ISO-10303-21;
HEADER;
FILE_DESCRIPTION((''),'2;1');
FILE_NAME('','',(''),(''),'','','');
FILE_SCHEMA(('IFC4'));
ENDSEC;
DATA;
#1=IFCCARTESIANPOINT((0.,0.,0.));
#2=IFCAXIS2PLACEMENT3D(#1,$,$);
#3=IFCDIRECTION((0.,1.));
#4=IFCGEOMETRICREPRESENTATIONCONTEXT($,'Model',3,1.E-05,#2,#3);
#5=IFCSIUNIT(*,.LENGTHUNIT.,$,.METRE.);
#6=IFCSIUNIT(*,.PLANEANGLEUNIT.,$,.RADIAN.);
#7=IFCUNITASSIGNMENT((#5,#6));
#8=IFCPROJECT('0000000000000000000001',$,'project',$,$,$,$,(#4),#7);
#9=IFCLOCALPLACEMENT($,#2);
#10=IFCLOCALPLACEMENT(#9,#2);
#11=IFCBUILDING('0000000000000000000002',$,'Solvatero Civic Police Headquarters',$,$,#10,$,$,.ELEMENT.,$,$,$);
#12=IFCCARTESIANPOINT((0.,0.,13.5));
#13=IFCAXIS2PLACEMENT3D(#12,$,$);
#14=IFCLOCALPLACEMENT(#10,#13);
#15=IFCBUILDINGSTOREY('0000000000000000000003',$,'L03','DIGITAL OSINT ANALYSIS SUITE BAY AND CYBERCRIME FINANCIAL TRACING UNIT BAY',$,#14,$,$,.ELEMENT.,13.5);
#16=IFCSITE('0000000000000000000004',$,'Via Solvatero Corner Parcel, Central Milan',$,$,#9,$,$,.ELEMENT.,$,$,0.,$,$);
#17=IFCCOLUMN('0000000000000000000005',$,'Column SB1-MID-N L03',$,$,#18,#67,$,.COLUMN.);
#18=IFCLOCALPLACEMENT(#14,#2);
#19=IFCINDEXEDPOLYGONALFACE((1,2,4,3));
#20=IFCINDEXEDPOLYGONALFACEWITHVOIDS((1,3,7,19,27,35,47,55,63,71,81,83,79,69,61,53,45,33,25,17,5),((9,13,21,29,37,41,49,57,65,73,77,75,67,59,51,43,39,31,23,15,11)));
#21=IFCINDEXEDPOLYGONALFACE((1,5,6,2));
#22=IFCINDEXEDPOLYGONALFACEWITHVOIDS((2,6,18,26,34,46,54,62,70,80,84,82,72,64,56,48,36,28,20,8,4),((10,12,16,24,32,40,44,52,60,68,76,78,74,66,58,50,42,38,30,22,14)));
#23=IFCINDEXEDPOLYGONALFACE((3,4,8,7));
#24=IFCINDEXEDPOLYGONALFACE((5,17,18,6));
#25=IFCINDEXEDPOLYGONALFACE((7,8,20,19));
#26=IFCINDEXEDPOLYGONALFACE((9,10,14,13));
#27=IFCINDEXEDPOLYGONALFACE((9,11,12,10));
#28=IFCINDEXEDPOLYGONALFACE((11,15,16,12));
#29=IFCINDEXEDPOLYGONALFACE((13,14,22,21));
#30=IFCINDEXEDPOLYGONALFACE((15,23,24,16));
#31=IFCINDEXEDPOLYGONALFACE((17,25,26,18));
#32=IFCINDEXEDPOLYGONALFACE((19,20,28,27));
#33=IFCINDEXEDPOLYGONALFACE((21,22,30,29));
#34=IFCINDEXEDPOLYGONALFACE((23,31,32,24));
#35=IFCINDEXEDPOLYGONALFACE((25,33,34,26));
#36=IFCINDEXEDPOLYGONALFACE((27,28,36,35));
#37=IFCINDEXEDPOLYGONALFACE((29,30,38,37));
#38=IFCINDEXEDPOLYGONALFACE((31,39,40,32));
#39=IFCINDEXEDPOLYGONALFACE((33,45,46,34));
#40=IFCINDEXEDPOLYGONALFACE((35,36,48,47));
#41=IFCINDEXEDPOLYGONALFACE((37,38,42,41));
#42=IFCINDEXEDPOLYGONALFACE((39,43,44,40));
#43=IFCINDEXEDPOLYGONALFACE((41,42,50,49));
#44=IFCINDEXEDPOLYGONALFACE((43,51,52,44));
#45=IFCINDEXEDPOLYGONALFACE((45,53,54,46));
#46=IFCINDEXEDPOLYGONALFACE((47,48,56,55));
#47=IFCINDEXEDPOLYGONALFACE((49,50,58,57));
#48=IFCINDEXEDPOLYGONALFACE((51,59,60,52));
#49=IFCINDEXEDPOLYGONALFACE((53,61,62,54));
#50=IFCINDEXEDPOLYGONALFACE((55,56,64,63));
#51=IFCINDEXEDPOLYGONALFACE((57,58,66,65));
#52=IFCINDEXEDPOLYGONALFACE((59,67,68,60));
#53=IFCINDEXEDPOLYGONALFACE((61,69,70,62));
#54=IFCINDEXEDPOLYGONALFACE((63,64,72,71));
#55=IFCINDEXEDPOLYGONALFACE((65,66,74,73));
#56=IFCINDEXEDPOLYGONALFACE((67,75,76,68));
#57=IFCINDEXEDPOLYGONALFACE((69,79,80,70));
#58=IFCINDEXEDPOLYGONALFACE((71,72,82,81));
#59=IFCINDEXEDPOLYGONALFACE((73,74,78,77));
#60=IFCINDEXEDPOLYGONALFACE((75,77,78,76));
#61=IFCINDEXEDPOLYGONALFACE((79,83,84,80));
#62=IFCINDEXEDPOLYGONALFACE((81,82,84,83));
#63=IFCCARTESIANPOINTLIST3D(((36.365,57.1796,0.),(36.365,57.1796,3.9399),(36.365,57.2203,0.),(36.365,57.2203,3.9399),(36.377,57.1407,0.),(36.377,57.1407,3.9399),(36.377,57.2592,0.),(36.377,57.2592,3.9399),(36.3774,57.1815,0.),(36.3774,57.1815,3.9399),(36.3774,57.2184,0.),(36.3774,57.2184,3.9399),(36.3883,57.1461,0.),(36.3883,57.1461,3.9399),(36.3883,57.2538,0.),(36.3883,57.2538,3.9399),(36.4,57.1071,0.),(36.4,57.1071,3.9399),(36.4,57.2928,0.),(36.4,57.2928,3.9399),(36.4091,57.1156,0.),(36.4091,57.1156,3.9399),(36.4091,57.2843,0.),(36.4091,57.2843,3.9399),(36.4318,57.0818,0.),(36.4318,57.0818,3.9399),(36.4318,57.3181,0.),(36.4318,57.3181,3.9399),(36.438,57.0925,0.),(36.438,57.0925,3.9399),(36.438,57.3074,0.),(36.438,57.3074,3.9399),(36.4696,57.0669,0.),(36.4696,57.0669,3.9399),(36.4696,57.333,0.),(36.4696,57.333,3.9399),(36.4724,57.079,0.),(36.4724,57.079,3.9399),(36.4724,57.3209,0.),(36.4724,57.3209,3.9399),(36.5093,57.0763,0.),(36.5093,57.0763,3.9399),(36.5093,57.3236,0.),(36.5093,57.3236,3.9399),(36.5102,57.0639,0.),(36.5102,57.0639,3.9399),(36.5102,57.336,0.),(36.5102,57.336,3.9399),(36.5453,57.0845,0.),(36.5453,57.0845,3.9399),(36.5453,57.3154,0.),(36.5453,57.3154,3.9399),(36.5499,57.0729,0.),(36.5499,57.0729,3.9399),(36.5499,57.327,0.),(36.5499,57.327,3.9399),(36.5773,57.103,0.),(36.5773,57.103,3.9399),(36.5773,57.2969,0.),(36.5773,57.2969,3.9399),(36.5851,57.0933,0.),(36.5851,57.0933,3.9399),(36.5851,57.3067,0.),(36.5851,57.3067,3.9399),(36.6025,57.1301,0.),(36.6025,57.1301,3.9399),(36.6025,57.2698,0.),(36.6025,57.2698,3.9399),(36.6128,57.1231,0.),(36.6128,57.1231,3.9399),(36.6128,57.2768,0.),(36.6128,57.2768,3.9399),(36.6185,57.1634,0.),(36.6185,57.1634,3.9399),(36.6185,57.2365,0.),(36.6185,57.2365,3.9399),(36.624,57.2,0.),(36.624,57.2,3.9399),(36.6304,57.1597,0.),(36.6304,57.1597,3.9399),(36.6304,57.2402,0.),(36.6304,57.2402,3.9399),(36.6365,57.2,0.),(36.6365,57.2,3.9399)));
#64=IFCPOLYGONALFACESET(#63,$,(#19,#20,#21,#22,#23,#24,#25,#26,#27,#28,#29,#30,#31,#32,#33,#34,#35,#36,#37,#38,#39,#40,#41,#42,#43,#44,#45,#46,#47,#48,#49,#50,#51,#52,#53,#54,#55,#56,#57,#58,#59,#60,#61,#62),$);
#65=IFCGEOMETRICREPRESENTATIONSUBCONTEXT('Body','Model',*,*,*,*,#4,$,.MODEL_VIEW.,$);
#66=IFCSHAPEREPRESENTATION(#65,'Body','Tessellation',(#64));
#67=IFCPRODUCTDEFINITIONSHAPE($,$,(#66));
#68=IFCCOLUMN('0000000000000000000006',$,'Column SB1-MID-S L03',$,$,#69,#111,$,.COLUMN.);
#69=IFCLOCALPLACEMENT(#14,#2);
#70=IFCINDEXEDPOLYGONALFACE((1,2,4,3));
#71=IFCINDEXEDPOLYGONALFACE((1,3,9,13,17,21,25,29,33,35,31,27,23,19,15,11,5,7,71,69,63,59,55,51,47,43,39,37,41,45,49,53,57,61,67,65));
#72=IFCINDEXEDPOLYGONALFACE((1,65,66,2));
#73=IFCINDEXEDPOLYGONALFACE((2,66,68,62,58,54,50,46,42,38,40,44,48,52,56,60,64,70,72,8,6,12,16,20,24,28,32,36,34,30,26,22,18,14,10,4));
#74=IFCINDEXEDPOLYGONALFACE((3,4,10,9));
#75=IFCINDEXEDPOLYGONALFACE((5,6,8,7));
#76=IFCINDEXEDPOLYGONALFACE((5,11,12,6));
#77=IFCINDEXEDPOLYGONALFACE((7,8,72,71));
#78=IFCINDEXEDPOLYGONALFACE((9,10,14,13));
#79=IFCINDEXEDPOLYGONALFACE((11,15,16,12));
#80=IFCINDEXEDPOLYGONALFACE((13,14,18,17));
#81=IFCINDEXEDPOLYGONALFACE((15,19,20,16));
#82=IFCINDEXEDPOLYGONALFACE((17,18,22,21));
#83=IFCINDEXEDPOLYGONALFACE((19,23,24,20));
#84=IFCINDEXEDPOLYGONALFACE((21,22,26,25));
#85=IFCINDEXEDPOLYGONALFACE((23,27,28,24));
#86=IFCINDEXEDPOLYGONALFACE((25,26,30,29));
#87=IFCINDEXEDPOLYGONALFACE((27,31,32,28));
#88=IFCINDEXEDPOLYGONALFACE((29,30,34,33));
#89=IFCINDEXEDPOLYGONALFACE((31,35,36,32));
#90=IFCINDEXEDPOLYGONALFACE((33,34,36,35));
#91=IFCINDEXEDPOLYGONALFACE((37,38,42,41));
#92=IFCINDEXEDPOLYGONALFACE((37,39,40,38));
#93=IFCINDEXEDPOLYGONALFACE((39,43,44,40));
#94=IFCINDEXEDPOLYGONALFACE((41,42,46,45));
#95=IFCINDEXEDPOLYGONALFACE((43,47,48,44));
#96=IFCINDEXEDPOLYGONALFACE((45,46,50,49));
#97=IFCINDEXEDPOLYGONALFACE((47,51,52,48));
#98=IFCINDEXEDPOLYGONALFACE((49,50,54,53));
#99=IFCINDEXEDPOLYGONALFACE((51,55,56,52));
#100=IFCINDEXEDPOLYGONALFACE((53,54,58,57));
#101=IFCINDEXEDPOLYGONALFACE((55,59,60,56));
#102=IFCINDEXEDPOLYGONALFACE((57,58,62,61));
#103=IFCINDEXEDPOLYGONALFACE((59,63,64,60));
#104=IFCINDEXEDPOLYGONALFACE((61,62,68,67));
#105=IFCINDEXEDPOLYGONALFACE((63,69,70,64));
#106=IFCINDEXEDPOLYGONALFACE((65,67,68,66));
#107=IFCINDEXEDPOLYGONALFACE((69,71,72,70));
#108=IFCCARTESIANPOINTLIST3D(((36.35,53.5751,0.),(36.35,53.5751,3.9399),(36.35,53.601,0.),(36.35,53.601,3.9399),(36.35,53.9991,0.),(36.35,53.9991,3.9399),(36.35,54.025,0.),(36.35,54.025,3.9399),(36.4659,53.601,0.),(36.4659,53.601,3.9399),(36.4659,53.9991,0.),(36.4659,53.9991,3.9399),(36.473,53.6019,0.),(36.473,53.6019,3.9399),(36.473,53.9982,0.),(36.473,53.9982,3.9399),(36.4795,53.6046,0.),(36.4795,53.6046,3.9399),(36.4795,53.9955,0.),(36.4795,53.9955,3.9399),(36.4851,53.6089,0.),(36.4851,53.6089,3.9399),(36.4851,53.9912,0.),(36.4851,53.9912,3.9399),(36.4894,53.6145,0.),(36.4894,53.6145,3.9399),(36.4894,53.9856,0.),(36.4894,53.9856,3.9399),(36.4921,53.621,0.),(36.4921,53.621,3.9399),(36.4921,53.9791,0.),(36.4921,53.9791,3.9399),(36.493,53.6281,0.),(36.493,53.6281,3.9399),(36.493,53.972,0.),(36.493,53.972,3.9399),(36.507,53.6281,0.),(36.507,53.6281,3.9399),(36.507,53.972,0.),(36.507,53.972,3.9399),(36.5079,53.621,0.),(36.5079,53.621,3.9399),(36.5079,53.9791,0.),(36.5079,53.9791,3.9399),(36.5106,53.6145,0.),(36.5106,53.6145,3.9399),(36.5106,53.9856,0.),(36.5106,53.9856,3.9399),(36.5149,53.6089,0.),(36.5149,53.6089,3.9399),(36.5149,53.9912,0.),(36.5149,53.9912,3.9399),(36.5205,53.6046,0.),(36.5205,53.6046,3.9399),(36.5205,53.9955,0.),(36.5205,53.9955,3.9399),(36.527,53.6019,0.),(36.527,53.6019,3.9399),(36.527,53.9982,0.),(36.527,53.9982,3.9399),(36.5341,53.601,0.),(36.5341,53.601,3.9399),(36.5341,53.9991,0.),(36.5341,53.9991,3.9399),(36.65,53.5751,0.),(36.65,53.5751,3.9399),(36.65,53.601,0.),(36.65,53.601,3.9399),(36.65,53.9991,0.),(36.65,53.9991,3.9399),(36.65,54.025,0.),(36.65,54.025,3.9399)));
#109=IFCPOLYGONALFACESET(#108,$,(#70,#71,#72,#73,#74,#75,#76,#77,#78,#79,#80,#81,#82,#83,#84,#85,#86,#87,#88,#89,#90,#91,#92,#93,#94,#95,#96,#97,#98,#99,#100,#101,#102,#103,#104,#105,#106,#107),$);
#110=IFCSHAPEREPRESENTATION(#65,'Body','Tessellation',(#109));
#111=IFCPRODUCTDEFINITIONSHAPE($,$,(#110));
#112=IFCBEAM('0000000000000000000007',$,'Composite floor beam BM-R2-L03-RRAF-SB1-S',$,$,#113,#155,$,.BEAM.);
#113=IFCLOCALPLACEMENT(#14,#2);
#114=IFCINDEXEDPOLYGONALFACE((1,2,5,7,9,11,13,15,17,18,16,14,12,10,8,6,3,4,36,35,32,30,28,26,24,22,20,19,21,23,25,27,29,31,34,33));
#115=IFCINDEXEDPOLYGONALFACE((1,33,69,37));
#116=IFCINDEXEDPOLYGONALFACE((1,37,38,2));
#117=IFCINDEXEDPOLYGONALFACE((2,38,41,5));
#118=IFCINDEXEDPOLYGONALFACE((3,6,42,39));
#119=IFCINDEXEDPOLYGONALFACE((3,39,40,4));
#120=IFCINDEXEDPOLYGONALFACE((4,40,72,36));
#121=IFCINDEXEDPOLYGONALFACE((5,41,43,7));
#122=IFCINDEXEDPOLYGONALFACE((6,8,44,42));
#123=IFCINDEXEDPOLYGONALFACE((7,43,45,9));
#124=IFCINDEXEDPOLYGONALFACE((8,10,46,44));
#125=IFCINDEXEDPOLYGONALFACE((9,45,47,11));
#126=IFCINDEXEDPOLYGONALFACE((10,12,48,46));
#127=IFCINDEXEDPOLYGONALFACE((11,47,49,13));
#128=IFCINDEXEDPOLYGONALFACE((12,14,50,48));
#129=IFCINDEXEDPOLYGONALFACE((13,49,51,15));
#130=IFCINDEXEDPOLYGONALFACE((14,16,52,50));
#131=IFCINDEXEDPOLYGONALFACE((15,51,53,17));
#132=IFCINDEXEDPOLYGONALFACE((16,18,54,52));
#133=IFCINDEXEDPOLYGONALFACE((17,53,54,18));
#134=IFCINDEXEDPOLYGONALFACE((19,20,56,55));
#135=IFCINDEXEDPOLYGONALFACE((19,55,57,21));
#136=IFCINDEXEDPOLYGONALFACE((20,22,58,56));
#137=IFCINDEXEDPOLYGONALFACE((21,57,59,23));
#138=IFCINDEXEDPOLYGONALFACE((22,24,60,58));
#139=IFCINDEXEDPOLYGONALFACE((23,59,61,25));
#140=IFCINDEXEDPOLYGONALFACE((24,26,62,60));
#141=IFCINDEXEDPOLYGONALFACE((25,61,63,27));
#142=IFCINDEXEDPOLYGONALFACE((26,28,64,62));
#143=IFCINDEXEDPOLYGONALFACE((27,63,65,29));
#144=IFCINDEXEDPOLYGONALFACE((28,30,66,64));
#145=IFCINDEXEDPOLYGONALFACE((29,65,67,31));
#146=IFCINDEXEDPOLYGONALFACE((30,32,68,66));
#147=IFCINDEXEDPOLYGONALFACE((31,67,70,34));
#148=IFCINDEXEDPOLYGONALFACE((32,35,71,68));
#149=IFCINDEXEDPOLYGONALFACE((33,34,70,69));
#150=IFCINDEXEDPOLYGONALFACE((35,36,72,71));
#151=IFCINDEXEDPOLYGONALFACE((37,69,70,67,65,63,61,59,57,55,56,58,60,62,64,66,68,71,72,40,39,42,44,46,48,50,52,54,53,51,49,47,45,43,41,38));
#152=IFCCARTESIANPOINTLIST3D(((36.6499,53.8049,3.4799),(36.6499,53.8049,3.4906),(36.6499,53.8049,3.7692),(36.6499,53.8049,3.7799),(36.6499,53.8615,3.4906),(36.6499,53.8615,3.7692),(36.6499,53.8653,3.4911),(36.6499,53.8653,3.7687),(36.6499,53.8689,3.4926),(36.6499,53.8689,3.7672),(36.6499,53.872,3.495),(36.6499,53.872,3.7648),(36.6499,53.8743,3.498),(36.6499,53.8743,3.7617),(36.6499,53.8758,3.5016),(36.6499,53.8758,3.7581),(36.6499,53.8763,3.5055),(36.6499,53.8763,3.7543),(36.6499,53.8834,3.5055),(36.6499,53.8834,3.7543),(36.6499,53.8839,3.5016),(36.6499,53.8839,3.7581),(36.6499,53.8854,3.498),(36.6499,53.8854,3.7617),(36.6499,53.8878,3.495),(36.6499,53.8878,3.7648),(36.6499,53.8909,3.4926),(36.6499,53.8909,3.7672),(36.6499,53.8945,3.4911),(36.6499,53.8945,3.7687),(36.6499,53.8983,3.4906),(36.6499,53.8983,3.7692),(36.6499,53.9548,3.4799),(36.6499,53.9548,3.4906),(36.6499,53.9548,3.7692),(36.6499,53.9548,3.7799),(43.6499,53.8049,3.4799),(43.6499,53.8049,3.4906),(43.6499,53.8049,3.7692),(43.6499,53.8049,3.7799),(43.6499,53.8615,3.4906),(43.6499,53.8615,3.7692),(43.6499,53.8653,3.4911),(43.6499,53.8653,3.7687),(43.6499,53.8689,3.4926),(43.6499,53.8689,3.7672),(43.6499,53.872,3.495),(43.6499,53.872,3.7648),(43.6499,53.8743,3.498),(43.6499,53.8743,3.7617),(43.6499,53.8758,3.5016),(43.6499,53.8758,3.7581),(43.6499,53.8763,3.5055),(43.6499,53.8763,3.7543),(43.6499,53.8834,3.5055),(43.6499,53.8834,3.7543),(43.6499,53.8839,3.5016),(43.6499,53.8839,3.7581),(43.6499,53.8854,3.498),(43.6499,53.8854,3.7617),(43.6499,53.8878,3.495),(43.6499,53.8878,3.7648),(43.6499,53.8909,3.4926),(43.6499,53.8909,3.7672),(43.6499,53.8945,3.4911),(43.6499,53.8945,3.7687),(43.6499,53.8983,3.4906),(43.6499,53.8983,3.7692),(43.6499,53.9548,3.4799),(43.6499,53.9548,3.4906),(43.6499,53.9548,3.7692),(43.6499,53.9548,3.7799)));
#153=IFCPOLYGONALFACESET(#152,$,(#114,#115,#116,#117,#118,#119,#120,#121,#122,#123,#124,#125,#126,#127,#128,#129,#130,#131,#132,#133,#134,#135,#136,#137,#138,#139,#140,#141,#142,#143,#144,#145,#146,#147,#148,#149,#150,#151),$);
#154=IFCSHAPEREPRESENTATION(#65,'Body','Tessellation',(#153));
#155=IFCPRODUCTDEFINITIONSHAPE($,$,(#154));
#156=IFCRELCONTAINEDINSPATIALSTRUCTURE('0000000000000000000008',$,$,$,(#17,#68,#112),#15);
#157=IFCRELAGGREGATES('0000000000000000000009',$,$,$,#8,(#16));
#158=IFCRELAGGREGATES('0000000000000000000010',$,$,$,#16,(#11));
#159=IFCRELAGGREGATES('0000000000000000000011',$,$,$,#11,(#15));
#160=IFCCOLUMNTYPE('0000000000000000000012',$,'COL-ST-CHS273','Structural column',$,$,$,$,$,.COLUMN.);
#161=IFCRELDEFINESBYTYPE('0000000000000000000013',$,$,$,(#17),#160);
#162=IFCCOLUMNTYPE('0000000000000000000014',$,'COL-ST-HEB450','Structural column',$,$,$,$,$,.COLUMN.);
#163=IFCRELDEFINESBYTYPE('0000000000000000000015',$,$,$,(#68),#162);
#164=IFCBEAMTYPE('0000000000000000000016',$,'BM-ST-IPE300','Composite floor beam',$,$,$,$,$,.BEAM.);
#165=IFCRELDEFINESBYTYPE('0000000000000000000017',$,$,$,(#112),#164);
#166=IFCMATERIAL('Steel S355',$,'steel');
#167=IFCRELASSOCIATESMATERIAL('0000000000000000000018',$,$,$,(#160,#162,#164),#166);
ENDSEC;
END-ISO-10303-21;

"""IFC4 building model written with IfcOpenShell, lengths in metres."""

from ifc_helpers import new_model, si_unit, direction, frame, origin, origin_2d, place, context, subcontext, project, spatial, hollow_circle, i_section, extrude, material, material_profile, profile_set, type_object, element, save


model = new_model("IFC4")

# Units and contexts
model_context = context("Model", 3, precision=1e-05, world=origin(), true_north=direction((0.0, 1.0)))
body_context = subcontext(model_context, "Body", "Model", "MODEL_VIEW")
ifc_project = project(units=[si_unit("LENGTHUNIT", "METRE"), si_unit("PLANEANGLEUNIT", "RADIAN")], contexts=[model_context])

# Site, building, storey
site_placement = place(None, origin())
site = spatial("IfcSite", under=ifc_project, at=site_placement, Name="Via Solvatero Corner Parcel, Central Milan", CompositionType="ELEMENT", RefElevation=0.0)
building_placement = place(site_placement, origin())
building = spatial("IfcBuilding", under=site, at=building_placement, Name="Solvatero Civic Police Headquarters", CompositionType="ELEMENT")
storey_placement = place(building_placement, frame((0.0, 0.0, 13.5)))
storey = spatial("IfcBuildingStorey", under=building, at=storey_placement, Name="L03", Description="DIGITAL OSINT ANALYSIS SUITE BAY AND CYBERCRIME FINANCIAL TRACING UNIT BAY", CompositionType="ELEMENT", Elevation=13.5)

# Columns
ifc_material_1 = material(Name="Steel S355", Category="steel")
ifc_material_profile_1 = material_profile(ifc_material_1, hollow_circle(Radius=0.1365, WallThickness=0.0125, at=origin_2d()), Name="CHS 273.0x12.5")
ifc_profile_set_1 = profile_set([ifc_material_profile_1], Name="Steel S355")
column_type_1 = type_object("IfcColumnType", Name="COL-ST-CHS273", Description="Structural column", PredefinedType="COLUMN", material=ifc_profile_set_1)
column_1_placement = place(storey_placement, frame((36.5, 57.2, 0.0), z_axis=(0.0, 0.0, 1.0), x_axis=(1.0, 0.0, 0.0)))
element("IfcColumn", 1, at=column_1_placement, inside=storey, type_object=column_type_1, Name="Column SB1-MID-N L03", PredefinedType="COLUMN", context=body_context, shape_type="SweptSolid", body=[
    extrude(hollow_circle(Radius=0.1365, WallThickness=0.0125, at=origin_2d()), origin(), (0.0, 0.0, 1.0), 3.9399),
])
ifc_material_profile_2 = material_profile(ifc_material_1, i_section(OverallWidth=0.3, OverallDepth=0.45, WebThickness=0.0139, FlangeThickness=0.0259, FilletRadius=0.0271, at=origin_2d()), Name="HEB 450")
ifc_profile_set_2 = profile_set([ifc_material_profile_2], Name="Steel S355")
column_type_2 = type_object("IfcColumnType", Name="COL-ST-HEB450", Description="Structural column", PredefinedType="COLUMN", material=ifc_profile_set_2)
column_2_placement = place(storey_placement, frame((36.5, 53.8, 0.0), z_axis=(0.0, 0.0, 1.0), x_axis=(1.0, 0.0, 0.0)))
element("IfcColumn", 2, at=column_2_placement, inside=storey, type_object=column_type_2, Name="Column SB1-MID-S L03", PredefinedType="COLUMN", context=body_context, shape_type="SweptSolid", body=[
    extrude(i_section(OverallWidth=0.3, OverallDepth=0.45, WebThickness=0.0139, FlangeThickness=0.0259, FilletRadius=0.0271, at=origin_2d()), origin(), (0.0, 0.0, 1.0), 3.9399),
])

# Beam
ifc_material_profile_3 = material_profile(ifc_material_1, i_section(OverallWidth=0.1499, OverallDepth=0.3, WebThickness=0.0071, FlangeThickness=0.0107, FilletRadius=0.0149, at=origin_2d()), Name="IPE 300")
ifc_profile_set_3 = profile_set([ifc_material_profile_3], Name="Steel S355")
beam_type = type_object("IfcBeamType", Name="BM-ST-IPE300", Description="Composite floor beam", PredefinedType="BEAM", material=ifc_profile_set_3)
beam_1_placement = place(storey_placement, frame((36.6499, 53.8799, 3.6299), z_axis=(1.0, 0.0, 0.0), x_axis=(0.0, 1.0, 0.0)))
element("IfcBeam", 3, at=beam_1_placement, inside=storey, type_object=beam_type, Name="Composite floor beam BM-R2-L03-RRAF-SB1-S", PredefinedType="BEAM", context=body_context, shape_type="SweptSolid", body=[
    extrude(i_section(OverallWidth=0.1499, OverallDepth=0.3, WebThickness=0.0071, FlangeThickness=0.0107, FilletRadius=0.0149, at=origin_2d()), origin(), (0.0, 0.0, 1.0), 7.0),
])

save(model, "model.ifc")
